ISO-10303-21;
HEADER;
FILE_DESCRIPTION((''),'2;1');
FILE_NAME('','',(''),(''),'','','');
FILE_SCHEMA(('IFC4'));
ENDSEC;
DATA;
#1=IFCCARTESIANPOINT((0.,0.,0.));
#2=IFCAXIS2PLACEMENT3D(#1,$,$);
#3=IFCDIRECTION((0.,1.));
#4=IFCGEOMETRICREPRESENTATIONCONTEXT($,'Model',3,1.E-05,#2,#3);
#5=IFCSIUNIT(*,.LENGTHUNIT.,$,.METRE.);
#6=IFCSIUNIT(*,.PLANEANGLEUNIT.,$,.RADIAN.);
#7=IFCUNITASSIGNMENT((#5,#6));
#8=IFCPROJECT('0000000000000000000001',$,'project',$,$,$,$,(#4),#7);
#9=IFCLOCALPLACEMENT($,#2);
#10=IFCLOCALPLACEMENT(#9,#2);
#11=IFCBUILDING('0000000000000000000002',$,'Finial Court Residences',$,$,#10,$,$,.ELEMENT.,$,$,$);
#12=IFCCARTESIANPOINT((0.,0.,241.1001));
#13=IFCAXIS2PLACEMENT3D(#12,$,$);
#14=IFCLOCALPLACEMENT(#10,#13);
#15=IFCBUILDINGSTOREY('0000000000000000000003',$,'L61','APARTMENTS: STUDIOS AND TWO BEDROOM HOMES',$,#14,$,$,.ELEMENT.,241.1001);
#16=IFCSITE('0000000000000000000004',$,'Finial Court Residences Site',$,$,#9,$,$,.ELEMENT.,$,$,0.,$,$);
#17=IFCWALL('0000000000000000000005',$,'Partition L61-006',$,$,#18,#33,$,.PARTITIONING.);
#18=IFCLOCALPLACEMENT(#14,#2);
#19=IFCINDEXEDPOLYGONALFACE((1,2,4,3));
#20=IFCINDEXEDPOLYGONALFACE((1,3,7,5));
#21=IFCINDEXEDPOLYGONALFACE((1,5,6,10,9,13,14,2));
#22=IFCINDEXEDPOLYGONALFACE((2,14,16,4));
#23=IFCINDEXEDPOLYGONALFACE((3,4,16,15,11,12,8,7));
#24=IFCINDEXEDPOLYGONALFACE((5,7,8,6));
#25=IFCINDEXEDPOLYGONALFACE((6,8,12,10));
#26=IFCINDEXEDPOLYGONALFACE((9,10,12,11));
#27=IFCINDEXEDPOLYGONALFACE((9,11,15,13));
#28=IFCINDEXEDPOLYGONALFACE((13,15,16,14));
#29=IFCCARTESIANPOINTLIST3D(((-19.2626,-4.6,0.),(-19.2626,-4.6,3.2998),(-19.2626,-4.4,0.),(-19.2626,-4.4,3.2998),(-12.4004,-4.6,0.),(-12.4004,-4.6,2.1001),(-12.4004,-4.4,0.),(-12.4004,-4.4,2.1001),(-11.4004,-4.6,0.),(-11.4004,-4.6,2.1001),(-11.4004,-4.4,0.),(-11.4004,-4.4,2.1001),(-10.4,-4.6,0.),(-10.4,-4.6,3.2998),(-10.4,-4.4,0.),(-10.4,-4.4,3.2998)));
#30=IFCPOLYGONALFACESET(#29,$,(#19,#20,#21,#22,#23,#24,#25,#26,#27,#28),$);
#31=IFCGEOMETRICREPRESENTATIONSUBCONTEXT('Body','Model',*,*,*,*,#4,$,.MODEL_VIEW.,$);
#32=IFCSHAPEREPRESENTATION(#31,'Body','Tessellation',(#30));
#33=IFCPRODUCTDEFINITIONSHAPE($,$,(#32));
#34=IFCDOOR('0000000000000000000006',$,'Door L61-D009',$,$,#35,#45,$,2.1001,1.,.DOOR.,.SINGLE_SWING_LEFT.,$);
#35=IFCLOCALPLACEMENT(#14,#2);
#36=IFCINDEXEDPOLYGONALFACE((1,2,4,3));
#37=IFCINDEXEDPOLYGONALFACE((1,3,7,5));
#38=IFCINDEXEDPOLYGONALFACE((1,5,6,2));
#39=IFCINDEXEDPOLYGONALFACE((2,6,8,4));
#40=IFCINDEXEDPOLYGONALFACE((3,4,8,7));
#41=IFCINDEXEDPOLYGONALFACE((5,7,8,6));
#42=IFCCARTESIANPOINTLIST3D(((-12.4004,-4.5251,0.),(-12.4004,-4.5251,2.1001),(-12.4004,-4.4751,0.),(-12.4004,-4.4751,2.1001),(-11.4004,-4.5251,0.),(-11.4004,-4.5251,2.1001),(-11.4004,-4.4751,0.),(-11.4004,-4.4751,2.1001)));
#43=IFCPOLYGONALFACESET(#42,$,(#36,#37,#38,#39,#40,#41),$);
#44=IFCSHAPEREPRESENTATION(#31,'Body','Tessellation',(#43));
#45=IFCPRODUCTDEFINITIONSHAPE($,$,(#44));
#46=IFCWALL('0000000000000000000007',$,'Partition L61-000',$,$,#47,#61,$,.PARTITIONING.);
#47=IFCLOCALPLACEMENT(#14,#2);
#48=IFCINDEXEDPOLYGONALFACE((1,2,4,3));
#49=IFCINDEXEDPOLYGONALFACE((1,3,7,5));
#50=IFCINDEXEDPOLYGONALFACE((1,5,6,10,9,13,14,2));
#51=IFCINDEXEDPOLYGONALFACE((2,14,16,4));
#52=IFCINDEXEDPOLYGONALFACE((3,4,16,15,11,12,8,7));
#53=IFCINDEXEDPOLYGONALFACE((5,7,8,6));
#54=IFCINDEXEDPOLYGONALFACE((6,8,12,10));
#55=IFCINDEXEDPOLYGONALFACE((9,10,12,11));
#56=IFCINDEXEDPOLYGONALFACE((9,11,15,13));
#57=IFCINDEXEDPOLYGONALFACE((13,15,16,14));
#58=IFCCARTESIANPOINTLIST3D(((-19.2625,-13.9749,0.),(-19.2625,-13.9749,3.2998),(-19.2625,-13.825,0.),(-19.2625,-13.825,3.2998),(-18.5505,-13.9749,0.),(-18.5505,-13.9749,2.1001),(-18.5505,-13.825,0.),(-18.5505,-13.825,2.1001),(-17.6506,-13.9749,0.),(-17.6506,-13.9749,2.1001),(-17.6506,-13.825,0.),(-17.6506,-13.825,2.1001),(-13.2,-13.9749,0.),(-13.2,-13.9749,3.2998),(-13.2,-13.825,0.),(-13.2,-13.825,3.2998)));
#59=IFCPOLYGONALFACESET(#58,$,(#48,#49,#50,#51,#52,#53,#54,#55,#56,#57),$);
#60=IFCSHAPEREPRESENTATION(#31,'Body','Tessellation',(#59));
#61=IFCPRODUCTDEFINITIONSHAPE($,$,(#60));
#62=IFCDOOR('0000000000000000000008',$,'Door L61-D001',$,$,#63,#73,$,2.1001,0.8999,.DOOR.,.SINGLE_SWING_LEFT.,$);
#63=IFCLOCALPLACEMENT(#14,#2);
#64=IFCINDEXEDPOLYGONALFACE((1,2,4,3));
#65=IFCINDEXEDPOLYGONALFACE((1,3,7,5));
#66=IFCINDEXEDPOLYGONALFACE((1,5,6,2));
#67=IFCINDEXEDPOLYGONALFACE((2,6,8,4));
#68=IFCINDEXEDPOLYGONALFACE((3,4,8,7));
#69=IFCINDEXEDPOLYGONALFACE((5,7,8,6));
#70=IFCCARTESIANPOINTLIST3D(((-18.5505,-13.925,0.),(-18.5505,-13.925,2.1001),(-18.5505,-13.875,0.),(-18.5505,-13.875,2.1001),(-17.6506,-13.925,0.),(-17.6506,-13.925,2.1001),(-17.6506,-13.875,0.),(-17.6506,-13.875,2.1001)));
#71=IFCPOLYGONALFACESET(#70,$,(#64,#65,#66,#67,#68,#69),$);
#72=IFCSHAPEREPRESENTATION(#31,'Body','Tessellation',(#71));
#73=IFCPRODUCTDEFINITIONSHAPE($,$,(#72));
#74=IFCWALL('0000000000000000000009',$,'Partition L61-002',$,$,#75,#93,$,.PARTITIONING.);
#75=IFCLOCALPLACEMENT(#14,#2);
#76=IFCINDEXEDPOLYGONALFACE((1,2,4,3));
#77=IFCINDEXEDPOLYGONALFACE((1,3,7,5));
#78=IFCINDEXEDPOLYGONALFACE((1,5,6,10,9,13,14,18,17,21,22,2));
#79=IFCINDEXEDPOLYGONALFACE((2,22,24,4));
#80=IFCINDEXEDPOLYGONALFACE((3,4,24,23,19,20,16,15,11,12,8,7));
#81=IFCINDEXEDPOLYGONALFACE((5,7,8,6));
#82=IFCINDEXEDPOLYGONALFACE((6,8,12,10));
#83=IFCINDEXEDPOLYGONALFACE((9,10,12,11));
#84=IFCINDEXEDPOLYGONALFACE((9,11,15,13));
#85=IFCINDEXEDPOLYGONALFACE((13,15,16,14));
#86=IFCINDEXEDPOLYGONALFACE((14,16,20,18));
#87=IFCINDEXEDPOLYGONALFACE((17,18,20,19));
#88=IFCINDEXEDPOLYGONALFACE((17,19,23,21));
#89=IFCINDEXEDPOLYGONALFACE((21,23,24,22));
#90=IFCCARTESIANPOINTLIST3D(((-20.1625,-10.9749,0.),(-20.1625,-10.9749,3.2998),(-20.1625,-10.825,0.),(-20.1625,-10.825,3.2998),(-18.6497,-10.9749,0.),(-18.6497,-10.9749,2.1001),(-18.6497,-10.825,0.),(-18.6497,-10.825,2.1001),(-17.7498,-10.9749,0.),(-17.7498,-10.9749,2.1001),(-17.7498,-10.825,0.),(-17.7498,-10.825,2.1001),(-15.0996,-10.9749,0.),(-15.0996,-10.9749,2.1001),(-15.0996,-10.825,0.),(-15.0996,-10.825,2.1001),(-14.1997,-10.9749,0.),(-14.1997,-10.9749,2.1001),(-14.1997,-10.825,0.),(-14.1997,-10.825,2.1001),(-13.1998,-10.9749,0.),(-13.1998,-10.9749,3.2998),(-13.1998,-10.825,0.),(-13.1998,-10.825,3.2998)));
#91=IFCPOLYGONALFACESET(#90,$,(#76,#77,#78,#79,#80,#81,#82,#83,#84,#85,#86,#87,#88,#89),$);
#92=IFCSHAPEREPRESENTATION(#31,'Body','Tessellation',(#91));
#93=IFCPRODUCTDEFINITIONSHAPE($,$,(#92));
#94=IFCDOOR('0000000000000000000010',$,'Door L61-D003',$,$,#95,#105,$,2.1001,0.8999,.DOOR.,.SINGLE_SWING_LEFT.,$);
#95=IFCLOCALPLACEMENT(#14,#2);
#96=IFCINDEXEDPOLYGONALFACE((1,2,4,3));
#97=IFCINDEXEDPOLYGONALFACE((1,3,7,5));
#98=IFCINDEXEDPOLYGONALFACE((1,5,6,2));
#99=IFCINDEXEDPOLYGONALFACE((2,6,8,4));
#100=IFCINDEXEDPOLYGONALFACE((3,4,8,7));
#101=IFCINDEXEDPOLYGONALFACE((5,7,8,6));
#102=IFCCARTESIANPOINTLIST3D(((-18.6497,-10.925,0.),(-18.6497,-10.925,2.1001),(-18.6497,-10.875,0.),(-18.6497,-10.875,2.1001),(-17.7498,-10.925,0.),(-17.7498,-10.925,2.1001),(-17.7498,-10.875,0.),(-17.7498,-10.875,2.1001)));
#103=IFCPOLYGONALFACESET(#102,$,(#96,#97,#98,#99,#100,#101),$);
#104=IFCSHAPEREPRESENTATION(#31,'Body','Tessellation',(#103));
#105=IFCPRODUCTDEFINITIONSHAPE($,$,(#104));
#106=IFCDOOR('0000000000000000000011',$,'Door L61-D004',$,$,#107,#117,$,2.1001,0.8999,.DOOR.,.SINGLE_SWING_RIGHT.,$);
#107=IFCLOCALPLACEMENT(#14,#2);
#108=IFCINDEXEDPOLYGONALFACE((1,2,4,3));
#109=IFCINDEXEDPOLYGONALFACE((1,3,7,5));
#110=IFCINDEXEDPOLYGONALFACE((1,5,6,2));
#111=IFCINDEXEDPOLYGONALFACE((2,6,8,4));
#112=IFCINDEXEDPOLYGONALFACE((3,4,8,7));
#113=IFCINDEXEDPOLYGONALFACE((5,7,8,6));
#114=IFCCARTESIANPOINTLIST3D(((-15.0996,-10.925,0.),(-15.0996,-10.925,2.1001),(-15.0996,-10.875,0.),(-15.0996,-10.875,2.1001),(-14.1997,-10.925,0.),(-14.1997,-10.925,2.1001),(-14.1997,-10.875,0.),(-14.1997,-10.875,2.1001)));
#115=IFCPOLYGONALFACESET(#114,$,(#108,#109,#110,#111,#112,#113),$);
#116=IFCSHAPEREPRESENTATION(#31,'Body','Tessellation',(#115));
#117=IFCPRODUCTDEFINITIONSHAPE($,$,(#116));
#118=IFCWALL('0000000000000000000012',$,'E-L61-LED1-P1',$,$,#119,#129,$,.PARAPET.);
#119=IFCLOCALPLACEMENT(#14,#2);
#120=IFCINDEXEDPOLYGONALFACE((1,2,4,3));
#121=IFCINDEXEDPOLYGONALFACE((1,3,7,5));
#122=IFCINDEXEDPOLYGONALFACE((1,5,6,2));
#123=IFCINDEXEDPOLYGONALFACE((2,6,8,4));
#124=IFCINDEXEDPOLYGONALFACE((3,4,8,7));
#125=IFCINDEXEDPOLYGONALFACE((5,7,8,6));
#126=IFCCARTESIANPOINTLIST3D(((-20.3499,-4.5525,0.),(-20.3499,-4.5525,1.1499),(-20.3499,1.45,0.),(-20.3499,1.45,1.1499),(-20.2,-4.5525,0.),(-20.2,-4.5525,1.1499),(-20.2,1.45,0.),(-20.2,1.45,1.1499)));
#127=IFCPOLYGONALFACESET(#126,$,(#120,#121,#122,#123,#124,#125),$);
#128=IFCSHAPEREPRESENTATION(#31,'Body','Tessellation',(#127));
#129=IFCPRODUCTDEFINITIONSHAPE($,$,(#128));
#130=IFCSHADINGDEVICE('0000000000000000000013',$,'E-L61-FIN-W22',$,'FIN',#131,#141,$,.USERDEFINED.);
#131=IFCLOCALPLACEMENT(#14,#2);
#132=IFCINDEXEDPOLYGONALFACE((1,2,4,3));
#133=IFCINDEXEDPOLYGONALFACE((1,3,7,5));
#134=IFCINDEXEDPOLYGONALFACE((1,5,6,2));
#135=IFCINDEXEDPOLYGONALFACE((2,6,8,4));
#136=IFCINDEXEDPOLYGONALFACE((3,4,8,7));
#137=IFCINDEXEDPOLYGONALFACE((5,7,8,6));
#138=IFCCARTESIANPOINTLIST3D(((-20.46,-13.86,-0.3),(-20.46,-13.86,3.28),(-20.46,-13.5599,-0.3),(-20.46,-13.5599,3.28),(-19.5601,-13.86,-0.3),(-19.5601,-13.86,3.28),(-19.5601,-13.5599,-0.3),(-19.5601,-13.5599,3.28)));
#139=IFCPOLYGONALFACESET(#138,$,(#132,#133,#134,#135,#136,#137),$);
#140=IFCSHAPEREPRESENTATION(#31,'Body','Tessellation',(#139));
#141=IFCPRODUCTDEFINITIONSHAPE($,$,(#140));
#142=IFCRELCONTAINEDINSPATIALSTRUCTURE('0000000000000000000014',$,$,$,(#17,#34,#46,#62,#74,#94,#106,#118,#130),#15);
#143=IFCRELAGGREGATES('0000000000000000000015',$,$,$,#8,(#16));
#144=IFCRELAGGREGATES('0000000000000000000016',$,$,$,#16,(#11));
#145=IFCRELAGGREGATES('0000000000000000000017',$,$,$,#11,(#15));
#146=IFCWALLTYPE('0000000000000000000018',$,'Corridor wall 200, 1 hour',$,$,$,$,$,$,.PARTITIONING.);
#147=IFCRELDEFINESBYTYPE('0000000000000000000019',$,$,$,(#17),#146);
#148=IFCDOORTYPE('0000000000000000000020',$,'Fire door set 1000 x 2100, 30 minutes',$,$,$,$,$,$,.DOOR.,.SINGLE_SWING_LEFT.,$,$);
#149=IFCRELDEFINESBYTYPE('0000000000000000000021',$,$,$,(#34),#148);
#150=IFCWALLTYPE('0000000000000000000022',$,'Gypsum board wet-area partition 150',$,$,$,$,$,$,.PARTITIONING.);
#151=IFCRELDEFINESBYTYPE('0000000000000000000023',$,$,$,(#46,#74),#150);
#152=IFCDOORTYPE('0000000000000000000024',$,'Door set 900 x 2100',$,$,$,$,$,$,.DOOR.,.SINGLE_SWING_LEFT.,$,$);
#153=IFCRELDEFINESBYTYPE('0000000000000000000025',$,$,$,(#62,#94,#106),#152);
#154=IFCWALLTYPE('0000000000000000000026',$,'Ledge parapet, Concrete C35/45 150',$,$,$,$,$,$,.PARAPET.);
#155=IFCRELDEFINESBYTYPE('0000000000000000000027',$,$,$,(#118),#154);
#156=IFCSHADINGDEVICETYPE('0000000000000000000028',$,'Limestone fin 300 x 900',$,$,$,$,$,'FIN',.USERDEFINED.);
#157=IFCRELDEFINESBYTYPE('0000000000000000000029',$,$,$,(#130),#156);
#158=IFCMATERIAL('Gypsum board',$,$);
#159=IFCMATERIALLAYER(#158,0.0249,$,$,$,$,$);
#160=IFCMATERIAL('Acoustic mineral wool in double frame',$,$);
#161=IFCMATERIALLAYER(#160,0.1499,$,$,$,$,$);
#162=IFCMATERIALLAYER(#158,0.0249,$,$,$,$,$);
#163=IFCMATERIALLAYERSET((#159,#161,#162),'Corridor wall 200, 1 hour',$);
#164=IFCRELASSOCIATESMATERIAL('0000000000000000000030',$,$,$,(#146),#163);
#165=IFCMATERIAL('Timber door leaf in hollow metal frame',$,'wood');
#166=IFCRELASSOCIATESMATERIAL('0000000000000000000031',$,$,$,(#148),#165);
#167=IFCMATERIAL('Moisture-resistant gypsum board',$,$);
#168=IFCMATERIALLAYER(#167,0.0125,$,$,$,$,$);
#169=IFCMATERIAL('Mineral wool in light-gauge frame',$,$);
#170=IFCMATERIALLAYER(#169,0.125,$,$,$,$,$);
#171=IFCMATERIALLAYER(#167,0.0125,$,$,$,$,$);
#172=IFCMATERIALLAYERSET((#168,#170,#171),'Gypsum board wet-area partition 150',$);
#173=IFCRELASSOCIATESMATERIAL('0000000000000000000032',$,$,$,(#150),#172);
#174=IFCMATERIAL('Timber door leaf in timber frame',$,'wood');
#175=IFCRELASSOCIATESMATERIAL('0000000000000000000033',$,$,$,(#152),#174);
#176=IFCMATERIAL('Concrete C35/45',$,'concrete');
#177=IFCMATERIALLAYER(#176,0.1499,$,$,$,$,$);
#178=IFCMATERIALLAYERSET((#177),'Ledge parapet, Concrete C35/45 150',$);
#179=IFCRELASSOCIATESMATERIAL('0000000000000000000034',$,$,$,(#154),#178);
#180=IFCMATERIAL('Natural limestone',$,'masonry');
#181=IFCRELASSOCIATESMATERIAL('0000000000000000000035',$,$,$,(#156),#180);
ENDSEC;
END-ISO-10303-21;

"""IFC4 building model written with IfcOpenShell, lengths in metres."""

from ifc_helpers import new_model, si_unit, direction, frame, frame_2d, origin, origin_2d, place, context, subcontext, project, spatial, rectangle, extrude, material, layer, layer_set, type_object, element, fill, save


model = new_model("IFC4")

# Units and contexts
model_context = context("Model", 3, precision=1e-05, world=origin(), true_north=direction((0.0, 1.0)))
body_context = subcontext(model_context, "Body", "Model", "MODEL_VIEW")
ifc_project = project(units=[si_unit("LENGTHUNIT", "METRE"), si_unit("PLANEANGLEUNIT", "RADIAN")], contexts=[model_context])

# Site, building, storey
site_placement = place(None, origin())
site = spatial("IfcSite", under=ifc_project, at=site_placement, Name="Finial Court Residences Site", CompositionType="ELEMENT", RefElevation=0.0)
building_placement = place(site_placement, origin())
building = spatial("IfcBuilding", under=site, at=building_placement, Name="Finial Court Residences", CompositionType="ELEMENT")
storey_placement = place(building_placement, frame((0.0, 0.0, 241.1001)))
storey = spatial("IfcBuildingStorey", under=building, at=storey_placement, Name="L61", Description="APARTMENTS: STUDIOS AND TWO BEDROOM HOMES", CompositionType="ELEMENT", Elevation=241.1001)

# Walls, openings, doors
ifc_material_1 = material(Name="Gypsum board")
ifc_layer_1 = layer(ifc_material_1, 0.0249)
ifc_material_2 = material(Name="Acoustic mineral wool in double frame")
ifc_layer_2 = layer(ifc_material_2, 0.1499)
ifc_layer_3 = layer(ifc_material_1, 0.0249)
ifc_layer_set_1 = layer_set([ifc_layer_1, ifc_layer_2, ifc_layer_3], Name="Corridor wall 200, 1 hour")
wall_type_1 = type_object("IfcWallType", Name="Corridor wall 200, 1 hour", PredefinedType="PARTITIONING", material=ifc_layer_set_1)
ifc_material_3 = material(Name="Timber door leaf in hollow metal frame", Category="wood")
door_type_1 = type_object("IfcDoorType", Name="Fire door set 1000 x 2100, 30 minutes", OperationType="SINGLE_SWING_LEFT", PredefinedType="DOOR", material=ifc_material_3)
wall_1_placement = place(storey_placement, frame((-19.2625, -4.5, 0.0), z_axis=(0.0, 0.0, 1.0), x_axis=(1.0, 0.0, 0.0)))
wall_1 = element("IfcWall", 1, at=wall_1_placement, inside=storey, type_object=wall_type_1, Name="Partition L61-006", PredefinedType="PARTITIONING", context=body_context, shape_type="SweptSolid", body=[
    extrude(rectangle(XDim=8.8625, YDim=0.2, at=frame_2d((4.4312, 0.0))), origin(), (0.0, 0.0, 1.0), 3.2998),
])
opening_1_placement = place(wall_1_placement, frame((6.8621, 0.0, 0.0)))
opening_1 = element("IfcOpeningElement", 2, at=opening_1_placement, cuts=wall_1, PredefinedType="OPENING", context=body_context, shape_type="SweptSolid", body=[
    extrude(rectangle(XDim=1.0, YDim=2.1001, at=frame_2d((0.5, 1.05))), frame((0.0, 0.1099, 0.0), z_axis=(0.0, -1.0, 0.0), x_axis=(1.0, 0.0, 0.0)), (0.0, 0.0, 1.0), 0.22),
])
door_1_placement = place(opening_1_placement, origin())
door_1 = element("IfcDoor", 3, at=door_1_placement, inside=storey, type_object=door_type_1, Name="Door L61-D009", OperationType="SINGLE_SWING_LEFT", OverallHeight=2.1001, OverallWidth=1.0, PredefinedType="DOOR", context=body_context, shape_type="SweptSolid", body=[
    extrude(rectangle(XDim=1.0, YDim=2.1001, at=frame_2d((0.5, 1.05))), frame((0.0, 0.0249, 0.0), z_axis=(0.0, -1.0, 0.0), x_axis=(1.0, 0.0, 0.0)), (0.0, 0.0, 1.0), 0.05),
])
fill(opening_1, door_1)
ifc_material_4 = material(Name="Moisture-resistant gypsum board")
ifc_layer_4 = layer(ifc_material_4, 0.0125)
ifc_material_5 = material(Name="Mineral wool in light-gauge frame")
ifc_layer_5 = layer(ifc_material_5, 0.125)
ifc_layer_6 = layer(ifc_material_4, 0.0125)
ifc_layer_set_2 = layer_set([ifc_layer_4, ifc_layer_5, ifc_layer_6], Name="Gypsum board wet-area partition 150")
wall_type_2 = type_object("IfcWallType", Name="Gypsum board wet-area partition 150", PredefinedType="PARTITIONING", material=ifc_layer_set_2)
wall_2_placement = place(storey_placement, frame((-19.2625, -13.8999, 0.0), z_axis=(0.0, 0.0, 1.0), x_axis=(1.0, 0.0, 0.0)))
wall_2 = element("IfcWall", 4, at=wall_2_placement, inside=storey, type_object=wall_type_2, Name="Partition L61-000", PredefinedType="PARTITIONING", context=body_context, shape_type="SweptSolid", body=[
    extrude(rectangle(XDim=6.0625, YDim=0.1499, at=frame_2d((3.0312, 0.0))), origin(), (0.0, 0.0, 1.0), 3.2998),
])
opening_2_placement = place(wall_2_placement, frame((0.7119, 0.0, 0.0)))
opening_2 = element("IfcOpeningElement", 5, at=opening_2_placement, cuts=wall_2, PredefinedType="OPENING", context=body_context, shape_type="SweptSolid", body=[
    extrude(rectangle(XDim=0.8999, YDim=2.1001, at=frame_2d((0.45, 1.05))), frame((0.0, 0.085, 0.0), z_axis=(0.0, -1.0, 0.0), x_axis=(1.0, 0.0, 0.0)), (0.0, 0.0, 1.0), 0.1699),
])
ifc_material_6 = material(Name="Timber door leaf in timber frame", Category="wood")
door_type_2 = type_object("IfcDoorType", Name="Door set 900 x 2100", OperationType="SINGLE_SWING_LEFT", PredefinedType="DOOR", material=ifc_material_6)
door_2_placement = place(opening_2_placement, origin())
door_2 = element("IfcDoor", 6, at=door_2_placement, inside=storey, type_object=door_type_2, Name="Door L61-D001", OperationType="SINGLE_SWING_LEFT", OverallHeight=2.1001, OverallWidth=0.8999, PredefinedType="DOOR", context=body_context, shape_type="SweptSolid", body=[
    extrude(rectangle(XDim=0.8999, YDim=2.1001, at=frame_2d((0.45, 1.05))), frame((0.0, 0.0249, 0.0), z_axis=(0.0, -1.0, 0.0), x_axis=(1.0, 0.0, 0.0)), (0.0, 0.0, 1.0), 0.05),
])
fill(opening_2, door_2)

# Wall, openings, doors
wall_3_placement = place(storey_placement, frame((-20.1626, -10.8999, 0.0), z_axis=(0.0, 0.0, 1.0), x_axis=(1.0, 0.0, 0.0)))
wall_3 = element("IfcWall", 7, at=wall_3_placement, inside=storey, type_object=wall_type_2, Name="Partition L61-002", PredefinedType="PARTITIONING", context=body_context, shape_type="SweptSolid", body=[
    extrude(rectangle(XDim=6.9626, YDim=0.1499, at=frame_2d((3.4814, 0.0))), origin(), (0.0, 0.0, 1.0), 3.2998),
])
opening_3_placement = place(wall_3_placement, frame((1.5129, 0.0, 0.0)))
opening_3 = element("IfcOpeningElement", 8, at=opening_3_placement, cuts=wall_3, PredefinedType="OPENING", context=body_context, shape_type="SweptSolid", body=[
    extrude(rectangle(XDim=0.8999, YDim=2.1001, at=frame_2d((0.45, 1.05))), frame((0.0, 0.085, 0.0), z_axis=(0.0, -1.0, 0.0), x_axis=(1.0, 0.0, 0.0)), (0.0, 0.0, 1.0), 0.1699),
])
opening_4_placement = place(wall_3_placement, frame((5.063, 0.0, 0.0)))
opening_4 = element("IfcOpeningElement", 9, at=opening_4_placement, cuts=wall_3, PredefinedType="OPENING", context=body_context, shape_type="SweptSolid", body=[
    extrude(rectangle(XDim=0.8999, YDim=2.1001, at=frame_2d((0.45, 1.05))), frame((0.0, 0.085, 0.0), z_axis=(0.0, -1.0, 0.0), x_axis=(1.0, 0.0, 0.0)), (0.0, 0.0, 1.0), 0.1699),
])
door_3_placement = place(opening_3_placement, origin())
door_3 = element("IfcDoor", 10, at=door_3_placement, inside=storey, type_object=door_type_2, Name="Door L61-D003", OperationType="SINGLE_SWING_LEFT", OverallHeight=2.1001, OverallWidth=0.8999, PredefinedType="DOOR", context=body_context, shape_type="SweptSolid", body=[
    extrude(rectangle(XDim=0.8999, YDim=2.1001, at=frame_2d((0.45, 1.05))), frame((0.0, 0.0249, 0.0), z_axis=(0.0, -1.0, 0.0), x_axis=(1.0, 0.0, 0.0)), (0.0, 0.0, 1.0), 0.05),
])
fill(opening_3, door_3)
door_4_placement = place(opening_4_placement, origin())
door_4 = element("IfcDoor", 11, at=door_4_placement, inside=storey, type_object=door_type_2, Name="Door L61-D004", OperationType="SINGLE_SWING_RIGHT", OverallHeight=2.1001, OverallWidth=0.8999, PredefinedType="DOOR", context=body_context, shape_type="SweptSolid", body=[
    extrude(rectangle(XDim=0.8999, YDim=2.1001, at=frame_2d((0.45, 1.05))), frame((0.0, 0.0249, 0.0), z_axis=(0.0, -1.0, 0.0), x_axis=(1.0, 0.0, 0.0)), (0.0, 0.0, 1.0), 0.05),
])
fill(opening_4, door_4)

# Wall
ifc_material_7 = material(Name="Concrete C35/45", Category="concrete")
ifc_layer_7 = layer(ifc_material_7, 0.1499)
ifc_layer_set_3 = layer_set([ifc_layer_7], Name="Ledge parapet, Concrete C35/45 150")
wall_type_3 = type_object("IfcWallType", Name="Ledge parapet, Concrete C35/45 150", PredefinedType="PARAPET", material=ifc_layer_set_3)
wall_4_placement = place(storey_placement, frame((-20.2749, -4.5525, 0.0), z_axis=(0.0, 0.0, 1.0), x_axis=(0.0, 1.0, 0.0)))
element("IfcWall", 12, at=wall_4_placement, inside=storey, type_object=wall_type_3, Name="E-L61-LED1-P1", PredefinedType="PARAPET", context=body_context, shape_type="SweptSolid", body=[
    extrude(rectangle(XDim=6.0024, YDim=0.1499, at=frame_2d((3.0012, 0.0))), origin(), (0.0, 0.0, 1.0), 1.1499),
])

# Shading device
ifc_material_8 = material(Name="Natural limestone", Category="masonry")
shading_device_type = type_object("IfcShadingDeviceType", Name="Limestone fin 300 x 900", ElementType="FIN", PredefinedType="USERDEFINED", material=ifc_material_8)
shading_device_placement = place(storey_placement, frame((-20.01, -13.71, -0.3), z_axis=(0.0, 0.0, 1.0), x_axis=(1.0, 0.0, 0.0)))
element("IfcShadingDevice", 13, at=shading_device_placement, inside=storey, type_object=shading_device_type, Name="E-L61-FIN-W22", ObjectType="FIN", PredefinedType="USERDEFINED", context=body_context, shape_type="SweptSolid", body=[
    extrude(rectangle(XDim=0.8999, YDim=0.3, at=origin_2d()), origin(), (0.0, 0.0, 1.0), 3.5801),
])

save(model, "model.ifc")
